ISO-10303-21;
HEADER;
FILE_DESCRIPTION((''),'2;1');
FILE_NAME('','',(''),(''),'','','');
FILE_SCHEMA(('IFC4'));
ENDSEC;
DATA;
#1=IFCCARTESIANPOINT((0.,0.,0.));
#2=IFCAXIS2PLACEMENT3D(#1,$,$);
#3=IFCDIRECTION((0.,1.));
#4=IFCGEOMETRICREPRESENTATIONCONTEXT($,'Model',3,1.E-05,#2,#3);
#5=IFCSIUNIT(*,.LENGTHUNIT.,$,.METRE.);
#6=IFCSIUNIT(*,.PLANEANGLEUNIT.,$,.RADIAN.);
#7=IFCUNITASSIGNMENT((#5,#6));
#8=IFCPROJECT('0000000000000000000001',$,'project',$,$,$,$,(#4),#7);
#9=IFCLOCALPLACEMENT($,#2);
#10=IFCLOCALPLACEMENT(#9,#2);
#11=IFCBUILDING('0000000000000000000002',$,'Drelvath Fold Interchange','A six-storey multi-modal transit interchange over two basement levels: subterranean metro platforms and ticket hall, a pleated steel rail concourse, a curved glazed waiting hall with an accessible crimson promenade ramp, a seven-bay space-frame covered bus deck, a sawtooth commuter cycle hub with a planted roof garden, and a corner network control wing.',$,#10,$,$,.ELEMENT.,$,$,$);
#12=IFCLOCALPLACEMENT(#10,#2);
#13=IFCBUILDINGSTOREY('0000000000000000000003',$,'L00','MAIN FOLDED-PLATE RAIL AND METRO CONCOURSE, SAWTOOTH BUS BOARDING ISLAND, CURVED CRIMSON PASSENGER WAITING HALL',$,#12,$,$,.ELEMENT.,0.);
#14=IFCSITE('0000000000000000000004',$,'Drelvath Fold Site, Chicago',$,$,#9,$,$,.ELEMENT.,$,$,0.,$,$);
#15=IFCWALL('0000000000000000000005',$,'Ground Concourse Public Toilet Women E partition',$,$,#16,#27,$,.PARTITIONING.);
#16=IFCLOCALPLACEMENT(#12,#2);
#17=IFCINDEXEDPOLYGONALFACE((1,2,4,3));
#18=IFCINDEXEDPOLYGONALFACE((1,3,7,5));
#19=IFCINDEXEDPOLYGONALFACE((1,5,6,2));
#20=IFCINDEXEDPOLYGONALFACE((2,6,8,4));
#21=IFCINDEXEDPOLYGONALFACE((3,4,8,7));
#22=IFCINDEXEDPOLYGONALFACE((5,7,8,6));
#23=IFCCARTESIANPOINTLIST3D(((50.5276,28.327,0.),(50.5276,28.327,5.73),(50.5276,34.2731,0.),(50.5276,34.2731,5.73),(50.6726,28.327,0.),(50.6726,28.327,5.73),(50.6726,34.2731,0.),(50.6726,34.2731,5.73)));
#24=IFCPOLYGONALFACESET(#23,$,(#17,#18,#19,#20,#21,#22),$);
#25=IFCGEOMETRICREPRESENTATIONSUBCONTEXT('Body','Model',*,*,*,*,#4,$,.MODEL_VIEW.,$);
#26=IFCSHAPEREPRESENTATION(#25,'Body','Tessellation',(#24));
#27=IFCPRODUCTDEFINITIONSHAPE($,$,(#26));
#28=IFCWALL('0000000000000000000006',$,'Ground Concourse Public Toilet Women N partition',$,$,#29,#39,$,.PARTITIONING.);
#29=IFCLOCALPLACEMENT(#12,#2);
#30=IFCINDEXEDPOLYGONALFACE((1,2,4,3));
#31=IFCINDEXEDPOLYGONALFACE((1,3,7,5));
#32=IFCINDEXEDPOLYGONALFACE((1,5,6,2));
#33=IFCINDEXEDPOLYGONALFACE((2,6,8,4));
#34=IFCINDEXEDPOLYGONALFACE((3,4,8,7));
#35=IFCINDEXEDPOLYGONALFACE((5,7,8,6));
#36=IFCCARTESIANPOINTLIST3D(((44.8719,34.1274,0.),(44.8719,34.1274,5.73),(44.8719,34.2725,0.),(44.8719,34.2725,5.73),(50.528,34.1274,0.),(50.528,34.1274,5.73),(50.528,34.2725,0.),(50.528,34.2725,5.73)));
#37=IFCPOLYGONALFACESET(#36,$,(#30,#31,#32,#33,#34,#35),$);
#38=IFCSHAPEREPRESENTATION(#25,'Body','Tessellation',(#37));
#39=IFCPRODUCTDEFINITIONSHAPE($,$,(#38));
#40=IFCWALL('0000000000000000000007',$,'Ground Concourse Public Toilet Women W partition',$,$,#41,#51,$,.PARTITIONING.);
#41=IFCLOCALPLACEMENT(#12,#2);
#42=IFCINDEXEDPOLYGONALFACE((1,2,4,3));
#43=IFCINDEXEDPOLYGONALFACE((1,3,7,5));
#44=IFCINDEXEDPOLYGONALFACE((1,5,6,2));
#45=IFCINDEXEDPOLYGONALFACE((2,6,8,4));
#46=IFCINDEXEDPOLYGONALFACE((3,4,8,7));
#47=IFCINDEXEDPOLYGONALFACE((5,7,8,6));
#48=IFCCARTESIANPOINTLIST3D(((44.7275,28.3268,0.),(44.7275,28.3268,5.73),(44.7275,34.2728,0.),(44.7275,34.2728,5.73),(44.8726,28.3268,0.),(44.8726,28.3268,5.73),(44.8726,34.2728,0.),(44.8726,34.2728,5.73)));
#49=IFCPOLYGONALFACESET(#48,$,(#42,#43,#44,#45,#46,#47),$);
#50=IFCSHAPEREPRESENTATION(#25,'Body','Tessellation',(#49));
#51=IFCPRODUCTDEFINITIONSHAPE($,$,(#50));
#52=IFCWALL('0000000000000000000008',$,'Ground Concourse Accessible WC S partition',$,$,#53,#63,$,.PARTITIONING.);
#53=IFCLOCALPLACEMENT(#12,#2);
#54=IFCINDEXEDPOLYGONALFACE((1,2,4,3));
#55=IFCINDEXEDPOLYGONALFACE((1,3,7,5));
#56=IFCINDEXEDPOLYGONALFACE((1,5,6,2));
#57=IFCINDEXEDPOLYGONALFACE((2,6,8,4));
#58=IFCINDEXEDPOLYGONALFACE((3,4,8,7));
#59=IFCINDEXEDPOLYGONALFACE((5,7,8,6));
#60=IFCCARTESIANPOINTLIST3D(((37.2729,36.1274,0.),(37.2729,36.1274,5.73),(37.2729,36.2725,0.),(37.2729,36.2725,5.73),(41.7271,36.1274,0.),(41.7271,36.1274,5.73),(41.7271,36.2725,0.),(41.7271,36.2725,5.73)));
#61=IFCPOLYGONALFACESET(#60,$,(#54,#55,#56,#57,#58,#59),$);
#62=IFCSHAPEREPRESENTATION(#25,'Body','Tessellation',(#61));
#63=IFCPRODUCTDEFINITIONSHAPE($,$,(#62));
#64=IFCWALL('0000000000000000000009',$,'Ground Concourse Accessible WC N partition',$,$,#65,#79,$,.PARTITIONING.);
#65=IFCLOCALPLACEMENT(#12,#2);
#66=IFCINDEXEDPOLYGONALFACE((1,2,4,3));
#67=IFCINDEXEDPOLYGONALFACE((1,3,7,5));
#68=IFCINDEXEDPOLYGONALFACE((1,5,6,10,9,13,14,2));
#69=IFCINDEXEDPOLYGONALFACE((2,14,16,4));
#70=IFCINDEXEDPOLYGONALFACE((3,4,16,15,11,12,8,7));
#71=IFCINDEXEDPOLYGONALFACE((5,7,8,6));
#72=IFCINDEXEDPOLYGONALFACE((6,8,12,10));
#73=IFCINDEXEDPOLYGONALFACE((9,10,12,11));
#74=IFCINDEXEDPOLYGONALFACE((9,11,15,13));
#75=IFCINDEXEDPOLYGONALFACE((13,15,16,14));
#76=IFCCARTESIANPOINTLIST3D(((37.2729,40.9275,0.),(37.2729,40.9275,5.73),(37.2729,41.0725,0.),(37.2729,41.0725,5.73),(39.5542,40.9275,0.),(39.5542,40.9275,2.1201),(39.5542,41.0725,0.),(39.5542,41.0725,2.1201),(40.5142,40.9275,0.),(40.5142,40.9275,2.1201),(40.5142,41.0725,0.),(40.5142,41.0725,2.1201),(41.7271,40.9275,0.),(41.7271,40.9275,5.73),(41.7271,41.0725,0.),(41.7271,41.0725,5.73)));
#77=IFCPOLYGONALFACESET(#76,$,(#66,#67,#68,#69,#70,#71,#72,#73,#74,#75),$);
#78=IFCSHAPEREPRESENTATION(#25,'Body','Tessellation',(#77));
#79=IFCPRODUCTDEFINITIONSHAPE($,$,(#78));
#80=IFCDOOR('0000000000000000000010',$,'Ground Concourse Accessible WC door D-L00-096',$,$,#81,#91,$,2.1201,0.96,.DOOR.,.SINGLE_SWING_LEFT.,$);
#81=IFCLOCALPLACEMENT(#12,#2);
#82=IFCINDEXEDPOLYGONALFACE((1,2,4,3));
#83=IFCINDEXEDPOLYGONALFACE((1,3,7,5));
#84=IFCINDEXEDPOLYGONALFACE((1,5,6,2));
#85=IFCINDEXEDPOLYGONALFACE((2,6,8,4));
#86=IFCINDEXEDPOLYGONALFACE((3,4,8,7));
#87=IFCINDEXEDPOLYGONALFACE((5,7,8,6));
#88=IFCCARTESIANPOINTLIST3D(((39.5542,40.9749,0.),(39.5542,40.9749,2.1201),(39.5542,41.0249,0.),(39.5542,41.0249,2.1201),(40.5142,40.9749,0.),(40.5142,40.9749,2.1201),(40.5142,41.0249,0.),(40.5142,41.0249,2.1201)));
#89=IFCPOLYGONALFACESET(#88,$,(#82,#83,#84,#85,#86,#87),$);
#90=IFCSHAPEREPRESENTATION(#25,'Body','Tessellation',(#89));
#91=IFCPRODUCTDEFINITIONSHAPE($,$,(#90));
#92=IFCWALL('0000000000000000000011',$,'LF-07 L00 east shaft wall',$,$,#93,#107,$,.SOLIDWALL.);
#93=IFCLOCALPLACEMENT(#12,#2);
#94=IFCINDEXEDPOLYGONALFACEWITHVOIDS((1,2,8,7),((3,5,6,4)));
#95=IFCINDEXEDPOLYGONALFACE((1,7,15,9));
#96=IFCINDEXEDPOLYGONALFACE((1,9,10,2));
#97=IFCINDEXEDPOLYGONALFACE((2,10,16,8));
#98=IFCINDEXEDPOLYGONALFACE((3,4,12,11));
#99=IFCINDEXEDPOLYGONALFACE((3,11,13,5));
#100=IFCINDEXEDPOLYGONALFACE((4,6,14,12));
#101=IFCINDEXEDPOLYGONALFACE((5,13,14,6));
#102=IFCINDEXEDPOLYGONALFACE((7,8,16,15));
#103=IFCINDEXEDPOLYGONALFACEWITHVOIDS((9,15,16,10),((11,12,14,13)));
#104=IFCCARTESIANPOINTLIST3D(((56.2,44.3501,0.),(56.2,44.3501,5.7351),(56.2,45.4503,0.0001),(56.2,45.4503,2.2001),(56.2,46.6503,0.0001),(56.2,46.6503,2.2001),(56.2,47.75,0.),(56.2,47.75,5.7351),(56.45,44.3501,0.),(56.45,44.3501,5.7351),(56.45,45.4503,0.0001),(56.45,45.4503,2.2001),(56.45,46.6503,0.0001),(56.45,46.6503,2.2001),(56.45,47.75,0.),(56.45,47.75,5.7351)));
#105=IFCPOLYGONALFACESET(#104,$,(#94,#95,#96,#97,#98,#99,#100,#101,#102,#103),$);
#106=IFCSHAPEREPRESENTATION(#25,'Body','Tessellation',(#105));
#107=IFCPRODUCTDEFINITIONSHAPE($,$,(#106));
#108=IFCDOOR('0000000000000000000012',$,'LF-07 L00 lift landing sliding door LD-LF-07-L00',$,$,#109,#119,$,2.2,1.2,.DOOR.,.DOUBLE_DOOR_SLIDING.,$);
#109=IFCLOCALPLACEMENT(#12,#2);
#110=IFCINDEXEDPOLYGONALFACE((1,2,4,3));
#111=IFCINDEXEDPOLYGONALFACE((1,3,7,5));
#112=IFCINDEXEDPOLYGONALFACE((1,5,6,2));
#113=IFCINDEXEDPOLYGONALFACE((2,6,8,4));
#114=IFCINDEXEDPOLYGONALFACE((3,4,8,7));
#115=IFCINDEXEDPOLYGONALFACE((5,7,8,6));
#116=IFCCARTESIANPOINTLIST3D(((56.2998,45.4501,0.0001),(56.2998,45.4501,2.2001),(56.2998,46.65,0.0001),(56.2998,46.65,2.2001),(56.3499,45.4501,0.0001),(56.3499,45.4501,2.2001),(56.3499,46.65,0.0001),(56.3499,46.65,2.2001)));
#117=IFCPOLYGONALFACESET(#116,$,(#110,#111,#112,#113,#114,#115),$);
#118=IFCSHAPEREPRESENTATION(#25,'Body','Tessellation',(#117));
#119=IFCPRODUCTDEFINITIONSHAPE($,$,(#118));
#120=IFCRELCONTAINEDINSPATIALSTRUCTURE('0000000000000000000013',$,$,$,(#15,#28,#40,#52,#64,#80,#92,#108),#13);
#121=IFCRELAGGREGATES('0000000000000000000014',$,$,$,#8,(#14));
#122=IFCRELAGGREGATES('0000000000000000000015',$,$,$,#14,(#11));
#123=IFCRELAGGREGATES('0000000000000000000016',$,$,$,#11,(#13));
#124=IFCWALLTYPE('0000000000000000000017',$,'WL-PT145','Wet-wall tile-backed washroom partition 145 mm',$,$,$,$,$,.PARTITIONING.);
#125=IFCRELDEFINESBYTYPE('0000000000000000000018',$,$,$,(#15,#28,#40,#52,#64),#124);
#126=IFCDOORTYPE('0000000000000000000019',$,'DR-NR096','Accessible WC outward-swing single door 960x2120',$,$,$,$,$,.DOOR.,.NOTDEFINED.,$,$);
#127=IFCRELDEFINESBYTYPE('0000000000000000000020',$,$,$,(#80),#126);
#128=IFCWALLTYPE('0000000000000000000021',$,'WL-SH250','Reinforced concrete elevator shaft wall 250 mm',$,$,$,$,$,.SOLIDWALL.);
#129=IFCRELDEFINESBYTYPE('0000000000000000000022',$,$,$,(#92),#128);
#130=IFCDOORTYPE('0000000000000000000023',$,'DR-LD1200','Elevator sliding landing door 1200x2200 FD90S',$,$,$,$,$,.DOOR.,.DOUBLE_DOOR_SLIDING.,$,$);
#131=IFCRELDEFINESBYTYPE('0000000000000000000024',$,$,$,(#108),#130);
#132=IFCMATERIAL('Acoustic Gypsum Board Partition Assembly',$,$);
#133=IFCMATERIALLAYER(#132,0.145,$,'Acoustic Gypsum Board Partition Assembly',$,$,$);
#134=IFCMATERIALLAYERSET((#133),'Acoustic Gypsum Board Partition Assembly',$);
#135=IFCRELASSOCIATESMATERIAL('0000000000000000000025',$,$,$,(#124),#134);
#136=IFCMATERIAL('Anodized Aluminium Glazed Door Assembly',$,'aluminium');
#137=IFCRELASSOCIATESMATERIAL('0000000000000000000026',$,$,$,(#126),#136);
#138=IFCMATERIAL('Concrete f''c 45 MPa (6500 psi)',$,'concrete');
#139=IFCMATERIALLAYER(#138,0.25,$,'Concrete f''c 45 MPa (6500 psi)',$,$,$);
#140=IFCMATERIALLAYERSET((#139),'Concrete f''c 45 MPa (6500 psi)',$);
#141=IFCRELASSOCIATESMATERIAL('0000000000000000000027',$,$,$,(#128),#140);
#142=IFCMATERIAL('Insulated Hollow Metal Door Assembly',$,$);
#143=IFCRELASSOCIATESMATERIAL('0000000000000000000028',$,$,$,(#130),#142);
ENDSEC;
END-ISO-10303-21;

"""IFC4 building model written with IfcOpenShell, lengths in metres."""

from ifc_helpers import new_model, si_unit, direction, frame, frame_2d, origin, place, context, subcontext, project, spatial, rectangle, extrude, material, layer, layer_set, type_object, element, fill, save


model = new_model("IFC4")

# Units and contexts
model_context = context("Model", 3, precision=1e-05, world=origin(), true_north=direction((0.0, 1.0)))
body_context = subcontext(model_context, "Body", "Model", "MODEL_VIEW")
ifc_project = project(units=[si_unit("LENGTHUNIT", "METRE"), si_unit("PLANEANGLEUNIT", "RADIAN")], contexts=[model_context])

# Site, building, storey
site_placement = place(None, origin())
site = spatial("IfcSite", under=ifc_project, at=site_placement, Name="Drelvath Fold Site, Chicago", CompositionType="ELEMENT", RefElevation=0.0)
building_placement = place(site_placement, origin())
building = spatial("IfcBuilding", under=site, at=building_placement, Name="Drelvath Fold Interchange", Description="A six-storey multi-modal transit interchange over two basement levels: subterranean metro platforms and ticket hall, a pleated steel rail concourse, a curved glazed waiting hall with an accessible crimson promenade ramp, a seven-bay space-frame covered bus deck, a sawtooth commuter cycle hub with a planted roof garden, and a corner network control wing.", CompositionType="ELEMENT")
storey_placement = place(building_placement, origin())
storey = spatial("IfcBuildingStorey", under=building, at=storey_placement, Name="L00", Description="MAIN FOLDED-PLATE RAIL AND METRO CONCOURSE, SAWTOOTH BUS BOARDING ISLAND, CURVED CRIMSON PASSENGER WAITING HALL", CompositionType="ELEMENT", Elevation=0.0)

# Shared definitions
ifc_material_1 = material(Name="Acoustic Gypsum Board Partition Assembly")
ifc_layer_1 = layer(ifc_material_1, 0.145, Name="Acoustic Gypsum Board Partition Assembly")
ifc_layer_set_1 = layer_set([ifc_layer_1], Name="Acoustic Gypsum Board Partition Assembly")
wall_type_1 = type_object("IfcWallType", Name="WL-PT145", Description="Wet-wall tile-backed washroom partition 145 mm", PredefinedType="PARTITIONING", material=ifc_layer_set_1)

# Shared definitions
ifc_material_2 = material(Name="Anodized Aluminium Glazed Door Assembly", Category="aluminium")

# Walls
wall_1_placement = place(storey_placement, frame((50.6001, 28.3269, 0.0), z_axis=(0.0, 0.0, 1.0), x_axis=(0.0, 1.0, 0.0)))
element("IfcWall", 1, at=wall_1_placement, inside=storey, type_object=wall_type_1, Name="Ground Concourse Public Toilet Women E partition", PredefinedType="PARTITIONING", context=body_context, shape_type="SweptSolid", body=[
    extrude(rectangle(XDim=5.946, YDim=0.145, at=frame_2d((2.9731, 0.0))), origin(), (0.0, 0.0, 1.0), 5.73),
])
wall_2_placement = place(storey_placement, frame((50.5281, 34.2, 0.0), z_axis=(0.0, 0.0, 1.0), x_axis=(-1.0, 0.0, 0.0)))
element("IfcWall", 2, at=wall_2_placement, inside=storey, type_object=wall_type_1, Name="Ground Concourse Public Toilet Women N partition", PredefinedType="PARTITIONING", context=body_context, shape_type="SweptSolid", body=[
    extrude(rectangle(XDim=5.656, YDim=0.145, at=frame_2d((2.8281, 0.0))), origin(), (0.0, 0.0, 1.0), 5.73),
])
wall_3_placement = place(storey_placement, frame((44.8, 34.2729, 0.0), z_axis=(0.0, 0.0, 1.0), x_axis=(0.0, -1.0, 0.0)))
element("IfcWall", 3, at=wall_3_placement, inside=storey, type_object=wall_type_1, Name="Ground Concourse Public Toilet Women W partition", PredefinedType="PARTITIONING", context=body_context, shape_type="SweptSolid", body=[
    extrude(rectangle(XDim=5.946, YDim=0.145, at=frame_2d((2.9731, 0.0))), origin(), (0.0, 0.0, 1.0), 5.73),
])
wall_4_placement = place(storey_placement, frame((37.2729, 36.2, 0.0), z_axis=(0.0, 0.0, 1.0), x_axis=(1.0, 0.0, 0.0)))
element("IfcWall", 4, at=wall_4_placement, inside=storey, type_object=wall_type_1, Name="Ground Concourse Accessible WC S partition", PredefinedType="PARTITIONING", context=body_context, shape_type="SweptSolid", body=[
    extrude(rectangle(XDim=4.4541, YDim=0.145, at=frame_2d((2.2271, 0.0))), origin(), (0.0, 0.0, 1.0), 5.73),
])

# Walls, openings, doors
wall_5_placement = place(storey_placement, frame((41.7271, 41.0, 0.0), z_axis=(0.0, 0.0, 1.0), x_axis=(-1.0, 0.0, 0.0)))
wall_5 = element("IfcWall", 5, at=wall_5_placement, inside=storey, type_object=wall_type_1, Name="Ground Concourse Accessible WC N partition", PredefinedType="PARTITIONING", context=body_context, shape_type="SweptSolid", body=[
    extrude(rectangle(XDim=4.4541, YDim=0.145, at=frame_2d((2.2271, 0.0))), origin(), (0.0, 0.0, 1.0), 5.73),
])
opening_1_placement = place(wall_5_placement, frame((1.2129, 0.0, 0.0)))
opening_1 = element("IfcOpeningElement", 6, at=opening_1_placement, cuts=wall_5, PredefinedType="OPENING", context=body_context, shape_type="SweptSolid", body=[
    extrude(rectangle(XDim=0.96, YDim=2.1201, at=frame_2d((0.48, 1.0601))), frame((0.0, 0.0825, 0.0), z_axis=(0.0, -1.0, 0.0), x_axis=(1.0, 0.0, 0.0)), (0.0, 0.0, 1.0), 0.165),
])
door_type_1 = type_object("IfcDoorType", Name="DR-NR096", Description="Accessible WC outward-swing single door 960x2120", OperationType="NOTDEFINED", PredefinedType="DOOR", material=ifc_material_2)
door_1_placement = place(opening_1_placement, frame((0.96, 0.0, 0.0), z_axis=(0.0, 0.0, 1.0), x_axis=(-1.0, 0.0, 0.0)))
door_1 = element("IfcDoor", 7, at=door_1_placement, inside=storey, type_object=door_type_1, Name="Ground Concourse Accessible WC door D-L00-096", OperationType="SINGLE_SWING_LEFT", OverallHeight=2.1201, OverallWidth=0.96, PredefinedType="DOOR", context=body_context, shape_type="SweptSolid", body=[
    extrude(rectangle(XDim=0.96, YDim=2.1201, at=frame_2d((0.48, 1.0601))), frame((0.0, 0.0249, 0.0), z_axis=(0.0, -1.0, 0.0), x_axis=(1.0, 0.0, 0.0)), (0.0, 0.0, 1.0), 0.05),
])
fill(opening_1, door_1)
ifc_material_3 = material(Name="Concrete f'c 45 MPa (6500 psi)", Category="concrete")
ifc_layer_2 = layer(ifc_material_3, 0.25, Name="Concrete f'c 45 MPa (6500 psi)")
ifc_layer_set_2 = layer_set([ifc_layer_2], Name="Concrete f'c 45 MPa (6500 psi)")
wall_type_2 = type_object("IfcWallType", Name="WL-SH250", Description="Reinforced concrete elevator shaft wall 250 mm", PredefinedType="SOLIDWALL", material=ifc_layer_set_2)
wall_6_placement = place(storey_placement, frame((56.325, 44.3501, 0.0), z_axis=(0.0, 0.0, 1.0), x_axis=(0.0, 1.0, 0.0)))
wall_6 = element("IfcWall", 8, at=wall_6_placement, inside=storey, type_object=wall_type_2, Name="LF-07 L00 east shaft wall", PredefinedType="SOLIDWALL", context=body_context, shape_type="SweptSolid", body=[
    extrude(rectangle(XDim=3.3999, YDim=0.25, at=frame_2d((1.7, 0.0))), origin(), (0.0, 0.0, 1.0), 5.7351),
])
opening_2_placement = place(wall_6_placement, frame((1.1001, 0.0, 0.0)))
opening_2 = element("IfcOpeningElement", 9, at=opening_2_placement, cuts=wall_6, PredefinedType="OPENING", context=body_context, shape_type="SweptSolid", body=[
    extrude(rectangle(XDim=1.2, YDim=2.2, at=frame_2d((0.6001, 1.1001))), frame((0.0, 0.135, 0.0), z_axis=(0.0, -1.0, 0.0), x_axis=(1.0, 0.0, 0.0)), (0.0, 0.0, 1.0), 0.27),
])
ifc_material_4 = material(Name="Insulated Hollow Metal Door Assembly")
door_type_2 = type_object("IfcDoorType", Name="DR-LD1200", Description="Elevator sliding landing door 1200x2200 FD90S", OperationType="DOUBLE_DOOR_SLIDING", PredefinedType="DOOR", material=ifc_material_4)
door_2_placement = place(opening_2_placement, frame((1.2, 0.0, 0.0), z_axis=(0.0, 0.0, 1.0), x_axis=(-1.0, 0.0, 0.0)))
door_2 = element("IfcDoor", 10, at=door_2_placement, inside=storey, type_object=door_type_2, Name="LF-07 L00 lift landing sliding door LD-LF-07-L00", OperationType="DOUBLE_DOOR_SLIDING", OverallHeight=2.2, OverallWidth=1.2, PredefinedType="DOOR", context=body_context, shape_type="SweptSolid", body=[
    extrude(rectangle(XDim=1.2, YDim=2.2, at=frame_2d((0.6001, 1.1001))), frame((0.0, 0.0249, 0.0), z_axis=(0.0, -1.0, 0.0), x_axis=(1.0, 0.0, 0.0)), (0.0, 0.0, 1.0), 0.05),
])
fill(opening_2, door_2)

save(model, "model.ifc")
